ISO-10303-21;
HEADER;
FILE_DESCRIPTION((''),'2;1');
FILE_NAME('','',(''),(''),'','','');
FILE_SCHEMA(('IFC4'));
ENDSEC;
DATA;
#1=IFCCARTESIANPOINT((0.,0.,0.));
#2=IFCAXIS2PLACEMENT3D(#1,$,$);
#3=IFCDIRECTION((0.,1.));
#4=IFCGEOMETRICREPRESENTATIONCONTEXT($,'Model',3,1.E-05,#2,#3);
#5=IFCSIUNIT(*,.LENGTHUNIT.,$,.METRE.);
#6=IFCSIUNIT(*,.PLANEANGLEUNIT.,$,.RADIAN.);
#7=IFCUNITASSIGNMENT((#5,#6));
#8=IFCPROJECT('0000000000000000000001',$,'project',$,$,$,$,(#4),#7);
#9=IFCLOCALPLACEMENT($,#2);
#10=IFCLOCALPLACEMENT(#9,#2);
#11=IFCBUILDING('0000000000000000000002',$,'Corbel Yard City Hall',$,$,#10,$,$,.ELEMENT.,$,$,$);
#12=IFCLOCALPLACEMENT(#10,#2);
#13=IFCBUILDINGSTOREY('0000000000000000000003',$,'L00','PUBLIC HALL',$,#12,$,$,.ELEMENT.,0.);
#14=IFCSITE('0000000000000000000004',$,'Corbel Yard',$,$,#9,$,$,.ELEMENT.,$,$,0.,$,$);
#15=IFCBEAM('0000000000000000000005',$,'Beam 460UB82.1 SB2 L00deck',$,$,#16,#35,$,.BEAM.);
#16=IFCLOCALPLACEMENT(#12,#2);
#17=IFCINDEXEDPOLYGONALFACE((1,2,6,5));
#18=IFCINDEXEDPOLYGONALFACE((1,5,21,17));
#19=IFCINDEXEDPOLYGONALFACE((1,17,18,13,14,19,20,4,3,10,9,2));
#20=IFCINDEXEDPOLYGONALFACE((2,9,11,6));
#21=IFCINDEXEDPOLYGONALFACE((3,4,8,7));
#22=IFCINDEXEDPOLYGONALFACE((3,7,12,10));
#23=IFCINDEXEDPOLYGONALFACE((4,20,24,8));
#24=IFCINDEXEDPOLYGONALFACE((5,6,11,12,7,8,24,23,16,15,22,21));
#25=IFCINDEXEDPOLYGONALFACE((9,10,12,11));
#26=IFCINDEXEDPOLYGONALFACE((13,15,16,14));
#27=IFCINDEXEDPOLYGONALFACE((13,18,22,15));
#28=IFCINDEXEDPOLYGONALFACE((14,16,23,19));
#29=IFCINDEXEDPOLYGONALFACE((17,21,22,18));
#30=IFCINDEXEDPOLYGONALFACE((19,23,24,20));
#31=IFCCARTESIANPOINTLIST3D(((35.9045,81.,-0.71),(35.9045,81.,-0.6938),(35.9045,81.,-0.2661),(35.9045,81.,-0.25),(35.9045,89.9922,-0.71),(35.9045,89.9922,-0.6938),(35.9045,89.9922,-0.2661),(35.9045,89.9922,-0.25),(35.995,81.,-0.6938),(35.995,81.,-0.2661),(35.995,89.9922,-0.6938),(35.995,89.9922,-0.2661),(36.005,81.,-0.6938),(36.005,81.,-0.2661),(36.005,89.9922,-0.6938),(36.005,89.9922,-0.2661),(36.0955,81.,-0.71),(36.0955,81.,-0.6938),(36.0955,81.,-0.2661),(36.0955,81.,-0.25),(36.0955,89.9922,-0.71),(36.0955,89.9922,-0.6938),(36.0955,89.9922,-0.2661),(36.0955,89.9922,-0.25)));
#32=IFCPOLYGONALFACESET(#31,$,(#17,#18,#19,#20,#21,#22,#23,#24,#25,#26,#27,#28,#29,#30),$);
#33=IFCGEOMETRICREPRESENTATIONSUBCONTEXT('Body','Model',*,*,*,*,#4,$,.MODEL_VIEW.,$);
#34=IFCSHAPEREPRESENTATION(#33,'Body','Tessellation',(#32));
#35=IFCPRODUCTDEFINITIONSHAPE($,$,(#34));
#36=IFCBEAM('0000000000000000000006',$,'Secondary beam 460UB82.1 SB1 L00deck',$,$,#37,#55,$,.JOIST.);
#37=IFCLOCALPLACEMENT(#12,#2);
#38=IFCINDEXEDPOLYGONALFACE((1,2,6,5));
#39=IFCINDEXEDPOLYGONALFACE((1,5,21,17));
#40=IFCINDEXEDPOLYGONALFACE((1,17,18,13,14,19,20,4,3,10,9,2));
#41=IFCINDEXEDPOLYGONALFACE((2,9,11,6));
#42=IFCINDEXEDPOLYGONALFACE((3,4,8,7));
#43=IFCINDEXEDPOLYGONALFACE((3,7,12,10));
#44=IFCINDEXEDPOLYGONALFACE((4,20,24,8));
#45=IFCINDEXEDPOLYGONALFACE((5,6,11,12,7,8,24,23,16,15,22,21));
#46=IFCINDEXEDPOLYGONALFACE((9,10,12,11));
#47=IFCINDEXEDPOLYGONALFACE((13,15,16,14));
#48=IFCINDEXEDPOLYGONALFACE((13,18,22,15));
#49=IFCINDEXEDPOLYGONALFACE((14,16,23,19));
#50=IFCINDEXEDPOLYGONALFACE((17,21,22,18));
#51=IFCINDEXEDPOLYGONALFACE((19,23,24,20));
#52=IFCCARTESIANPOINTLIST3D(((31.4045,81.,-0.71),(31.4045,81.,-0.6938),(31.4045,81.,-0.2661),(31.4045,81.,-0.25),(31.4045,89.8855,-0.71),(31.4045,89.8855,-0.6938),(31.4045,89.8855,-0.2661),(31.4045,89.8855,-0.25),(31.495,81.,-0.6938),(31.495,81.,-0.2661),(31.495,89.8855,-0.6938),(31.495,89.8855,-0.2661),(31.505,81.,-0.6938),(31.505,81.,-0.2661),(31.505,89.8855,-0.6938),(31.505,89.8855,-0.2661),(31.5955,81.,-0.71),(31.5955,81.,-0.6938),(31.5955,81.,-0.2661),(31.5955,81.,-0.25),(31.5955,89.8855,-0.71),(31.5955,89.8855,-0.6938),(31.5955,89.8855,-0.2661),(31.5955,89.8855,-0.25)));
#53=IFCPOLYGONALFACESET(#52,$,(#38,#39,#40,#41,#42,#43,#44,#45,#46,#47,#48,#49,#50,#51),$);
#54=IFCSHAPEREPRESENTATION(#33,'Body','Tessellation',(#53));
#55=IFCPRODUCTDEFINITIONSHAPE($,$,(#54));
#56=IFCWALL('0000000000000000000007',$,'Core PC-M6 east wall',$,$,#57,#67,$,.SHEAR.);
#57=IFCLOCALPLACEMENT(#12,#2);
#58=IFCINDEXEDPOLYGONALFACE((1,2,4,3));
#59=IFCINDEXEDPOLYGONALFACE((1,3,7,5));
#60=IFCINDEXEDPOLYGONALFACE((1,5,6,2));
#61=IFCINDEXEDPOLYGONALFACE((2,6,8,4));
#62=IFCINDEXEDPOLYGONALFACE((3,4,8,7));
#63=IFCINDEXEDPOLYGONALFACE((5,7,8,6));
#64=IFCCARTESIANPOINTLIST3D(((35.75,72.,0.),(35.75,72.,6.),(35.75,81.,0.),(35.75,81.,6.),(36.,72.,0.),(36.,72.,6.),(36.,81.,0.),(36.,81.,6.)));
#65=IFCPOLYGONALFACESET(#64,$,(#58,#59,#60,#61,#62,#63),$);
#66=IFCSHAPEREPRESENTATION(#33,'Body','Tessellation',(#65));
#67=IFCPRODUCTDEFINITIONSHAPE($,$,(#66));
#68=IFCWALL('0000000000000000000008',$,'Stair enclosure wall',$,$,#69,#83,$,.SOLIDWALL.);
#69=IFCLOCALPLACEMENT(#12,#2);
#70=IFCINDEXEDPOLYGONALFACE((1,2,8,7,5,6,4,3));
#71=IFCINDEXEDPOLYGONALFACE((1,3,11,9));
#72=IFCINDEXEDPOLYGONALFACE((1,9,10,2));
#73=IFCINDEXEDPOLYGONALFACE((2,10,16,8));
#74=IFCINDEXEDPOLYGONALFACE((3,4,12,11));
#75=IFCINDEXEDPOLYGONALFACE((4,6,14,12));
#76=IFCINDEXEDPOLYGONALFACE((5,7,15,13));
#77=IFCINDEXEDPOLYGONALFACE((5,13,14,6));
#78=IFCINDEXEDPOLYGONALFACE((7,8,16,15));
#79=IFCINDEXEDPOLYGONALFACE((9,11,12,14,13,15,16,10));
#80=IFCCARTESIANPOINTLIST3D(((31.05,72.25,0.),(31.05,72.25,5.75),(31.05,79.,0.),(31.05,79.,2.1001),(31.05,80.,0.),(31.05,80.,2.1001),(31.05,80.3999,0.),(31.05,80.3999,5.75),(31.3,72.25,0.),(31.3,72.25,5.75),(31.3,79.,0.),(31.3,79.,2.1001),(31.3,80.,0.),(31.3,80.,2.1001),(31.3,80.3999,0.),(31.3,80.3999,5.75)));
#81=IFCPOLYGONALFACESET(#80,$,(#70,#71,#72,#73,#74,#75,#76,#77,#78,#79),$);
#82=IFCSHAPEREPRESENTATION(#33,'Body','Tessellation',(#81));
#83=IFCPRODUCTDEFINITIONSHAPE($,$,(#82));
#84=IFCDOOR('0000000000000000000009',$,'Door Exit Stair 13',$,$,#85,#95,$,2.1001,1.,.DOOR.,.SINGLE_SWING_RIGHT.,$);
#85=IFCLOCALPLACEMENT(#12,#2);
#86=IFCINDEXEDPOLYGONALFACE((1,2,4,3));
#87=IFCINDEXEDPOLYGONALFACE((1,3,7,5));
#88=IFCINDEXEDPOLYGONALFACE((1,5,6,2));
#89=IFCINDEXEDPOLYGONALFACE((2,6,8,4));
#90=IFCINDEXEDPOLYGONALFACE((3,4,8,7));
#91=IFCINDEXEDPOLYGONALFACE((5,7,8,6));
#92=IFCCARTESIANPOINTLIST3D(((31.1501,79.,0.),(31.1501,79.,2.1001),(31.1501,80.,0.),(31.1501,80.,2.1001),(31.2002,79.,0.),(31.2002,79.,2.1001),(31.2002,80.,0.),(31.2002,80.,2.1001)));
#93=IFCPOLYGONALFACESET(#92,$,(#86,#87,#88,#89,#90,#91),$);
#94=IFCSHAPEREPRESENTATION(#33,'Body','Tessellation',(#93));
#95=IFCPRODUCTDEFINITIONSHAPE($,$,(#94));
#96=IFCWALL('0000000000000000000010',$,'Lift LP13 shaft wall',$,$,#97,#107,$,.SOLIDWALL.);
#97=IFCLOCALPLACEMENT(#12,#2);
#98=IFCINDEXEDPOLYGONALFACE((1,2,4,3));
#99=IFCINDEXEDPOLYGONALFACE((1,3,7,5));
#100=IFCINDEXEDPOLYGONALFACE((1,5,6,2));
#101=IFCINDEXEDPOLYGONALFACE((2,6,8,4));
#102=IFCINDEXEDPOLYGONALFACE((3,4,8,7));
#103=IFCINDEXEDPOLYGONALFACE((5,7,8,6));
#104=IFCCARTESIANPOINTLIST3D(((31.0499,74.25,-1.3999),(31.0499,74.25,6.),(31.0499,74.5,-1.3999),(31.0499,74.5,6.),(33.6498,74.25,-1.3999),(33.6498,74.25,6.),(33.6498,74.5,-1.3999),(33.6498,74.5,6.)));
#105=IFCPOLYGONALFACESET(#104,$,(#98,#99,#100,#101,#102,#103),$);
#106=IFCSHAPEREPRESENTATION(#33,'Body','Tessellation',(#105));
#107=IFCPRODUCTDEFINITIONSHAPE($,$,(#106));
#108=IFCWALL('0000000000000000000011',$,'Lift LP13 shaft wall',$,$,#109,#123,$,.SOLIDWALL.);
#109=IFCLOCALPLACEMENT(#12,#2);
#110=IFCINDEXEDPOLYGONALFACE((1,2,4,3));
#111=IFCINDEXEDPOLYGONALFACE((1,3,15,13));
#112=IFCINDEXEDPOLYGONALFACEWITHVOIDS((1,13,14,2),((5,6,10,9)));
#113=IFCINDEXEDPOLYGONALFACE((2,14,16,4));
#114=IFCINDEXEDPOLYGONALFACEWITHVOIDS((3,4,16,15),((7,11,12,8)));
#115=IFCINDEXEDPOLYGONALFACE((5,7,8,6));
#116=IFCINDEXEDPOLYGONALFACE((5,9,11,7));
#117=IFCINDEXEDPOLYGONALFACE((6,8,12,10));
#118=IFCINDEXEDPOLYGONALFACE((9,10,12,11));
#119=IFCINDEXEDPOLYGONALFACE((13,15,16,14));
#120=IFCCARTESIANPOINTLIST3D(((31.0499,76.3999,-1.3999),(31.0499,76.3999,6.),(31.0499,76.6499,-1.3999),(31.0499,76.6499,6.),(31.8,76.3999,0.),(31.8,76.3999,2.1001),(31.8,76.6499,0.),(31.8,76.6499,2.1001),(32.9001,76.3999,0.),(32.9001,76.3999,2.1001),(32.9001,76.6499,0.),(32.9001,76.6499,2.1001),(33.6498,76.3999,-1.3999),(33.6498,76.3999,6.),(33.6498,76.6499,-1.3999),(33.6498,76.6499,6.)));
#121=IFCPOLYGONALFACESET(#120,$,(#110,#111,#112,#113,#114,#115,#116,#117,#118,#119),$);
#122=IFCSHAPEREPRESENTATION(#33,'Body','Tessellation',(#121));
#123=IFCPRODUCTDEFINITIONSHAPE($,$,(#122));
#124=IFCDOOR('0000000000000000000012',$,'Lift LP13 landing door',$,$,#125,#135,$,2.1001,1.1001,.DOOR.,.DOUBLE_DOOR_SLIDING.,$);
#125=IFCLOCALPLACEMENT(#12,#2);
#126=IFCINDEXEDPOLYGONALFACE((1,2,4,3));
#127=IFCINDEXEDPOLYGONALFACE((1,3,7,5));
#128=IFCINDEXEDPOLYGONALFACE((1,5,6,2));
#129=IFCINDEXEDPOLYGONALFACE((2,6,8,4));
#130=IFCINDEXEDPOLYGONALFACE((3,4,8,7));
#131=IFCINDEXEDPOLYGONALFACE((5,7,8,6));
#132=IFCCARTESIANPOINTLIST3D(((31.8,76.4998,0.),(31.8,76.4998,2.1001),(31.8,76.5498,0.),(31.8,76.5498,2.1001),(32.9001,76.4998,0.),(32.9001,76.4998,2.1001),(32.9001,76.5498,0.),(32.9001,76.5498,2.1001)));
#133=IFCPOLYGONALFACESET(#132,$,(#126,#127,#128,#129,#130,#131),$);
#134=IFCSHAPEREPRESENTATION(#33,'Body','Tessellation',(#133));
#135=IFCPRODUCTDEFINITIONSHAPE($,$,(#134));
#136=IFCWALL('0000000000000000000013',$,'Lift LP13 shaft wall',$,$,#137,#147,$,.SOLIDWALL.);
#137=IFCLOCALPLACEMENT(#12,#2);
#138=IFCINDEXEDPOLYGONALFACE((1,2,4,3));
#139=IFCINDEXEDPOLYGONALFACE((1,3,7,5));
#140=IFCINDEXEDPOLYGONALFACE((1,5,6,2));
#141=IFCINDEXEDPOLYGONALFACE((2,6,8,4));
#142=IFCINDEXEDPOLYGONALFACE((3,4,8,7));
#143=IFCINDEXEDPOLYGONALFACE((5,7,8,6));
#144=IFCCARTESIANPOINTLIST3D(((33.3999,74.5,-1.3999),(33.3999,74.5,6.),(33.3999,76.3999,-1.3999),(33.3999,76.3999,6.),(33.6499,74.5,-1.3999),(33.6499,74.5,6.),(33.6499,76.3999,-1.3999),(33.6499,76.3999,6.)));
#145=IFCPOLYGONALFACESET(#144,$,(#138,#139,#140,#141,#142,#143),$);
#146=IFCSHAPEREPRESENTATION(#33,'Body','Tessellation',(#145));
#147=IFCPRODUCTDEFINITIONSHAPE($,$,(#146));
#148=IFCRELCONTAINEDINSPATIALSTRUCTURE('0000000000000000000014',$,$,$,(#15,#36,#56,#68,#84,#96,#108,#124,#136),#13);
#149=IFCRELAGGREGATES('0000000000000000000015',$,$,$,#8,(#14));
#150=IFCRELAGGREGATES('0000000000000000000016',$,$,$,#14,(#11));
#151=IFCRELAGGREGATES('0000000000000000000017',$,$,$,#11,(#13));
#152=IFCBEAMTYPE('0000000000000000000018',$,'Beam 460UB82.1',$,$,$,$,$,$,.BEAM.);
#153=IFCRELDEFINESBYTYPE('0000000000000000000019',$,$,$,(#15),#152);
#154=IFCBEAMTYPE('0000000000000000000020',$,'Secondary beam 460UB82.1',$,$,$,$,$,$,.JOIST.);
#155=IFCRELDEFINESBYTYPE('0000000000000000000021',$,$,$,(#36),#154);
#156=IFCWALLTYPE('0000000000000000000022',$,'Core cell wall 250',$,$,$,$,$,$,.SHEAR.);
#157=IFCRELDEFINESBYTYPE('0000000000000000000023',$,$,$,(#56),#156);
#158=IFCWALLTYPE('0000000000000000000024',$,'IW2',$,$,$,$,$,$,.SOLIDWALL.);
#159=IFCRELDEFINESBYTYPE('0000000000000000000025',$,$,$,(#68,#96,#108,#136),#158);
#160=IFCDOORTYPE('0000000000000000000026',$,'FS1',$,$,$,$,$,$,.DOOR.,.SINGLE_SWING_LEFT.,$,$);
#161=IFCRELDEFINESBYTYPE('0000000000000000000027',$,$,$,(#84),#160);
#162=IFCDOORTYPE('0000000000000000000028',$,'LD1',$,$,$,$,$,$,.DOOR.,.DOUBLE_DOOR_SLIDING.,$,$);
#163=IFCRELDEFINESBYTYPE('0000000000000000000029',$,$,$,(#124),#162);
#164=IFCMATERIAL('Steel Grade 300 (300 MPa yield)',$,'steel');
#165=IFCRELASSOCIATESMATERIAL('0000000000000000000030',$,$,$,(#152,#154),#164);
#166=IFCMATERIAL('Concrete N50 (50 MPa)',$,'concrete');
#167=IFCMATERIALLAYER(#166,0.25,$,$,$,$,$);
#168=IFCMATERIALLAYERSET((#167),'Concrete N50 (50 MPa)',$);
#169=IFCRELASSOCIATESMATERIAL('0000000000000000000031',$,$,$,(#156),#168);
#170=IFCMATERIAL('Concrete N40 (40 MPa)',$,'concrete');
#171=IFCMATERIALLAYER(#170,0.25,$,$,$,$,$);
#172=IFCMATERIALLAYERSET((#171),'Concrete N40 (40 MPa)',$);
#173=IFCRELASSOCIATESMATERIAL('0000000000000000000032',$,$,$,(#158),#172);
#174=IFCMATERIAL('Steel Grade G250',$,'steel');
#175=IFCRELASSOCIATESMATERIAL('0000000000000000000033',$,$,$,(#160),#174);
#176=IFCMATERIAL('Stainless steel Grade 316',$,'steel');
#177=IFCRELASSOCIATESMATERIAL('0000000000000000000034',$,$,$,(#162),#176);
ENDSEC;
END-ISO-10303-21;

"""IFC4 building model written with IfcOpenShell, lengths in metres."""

from ifc_helpers import new_model, si_unit, direction, frame, frame_2d, origin, origin_2d, place, context, subcontext, project, spatial, rectangle, i_section, extrude, material, layer, layer_set, material_profile, profile_set, type_object, element, fill, save


model = new_model("IFC4")

# Units and contexts
model_context = context("Model", 3, precision=1e-05, world=origin(), true_north=direction((0.0, 1.0)))
body_context = subcontext(model_context, "Body", "Model", "MODEL_VIEW")
ifc_project = project(units=[si_unit("LENGTHUNIT", "METRE"), si_unit("PLANEANGLEUNIT", "RADIAN")], contexts=[model_context])

# Site, building, storey
site_placement = place(None, origin())
site = spatial("IfcSite", under=ifc_project, at=site_placement, Name="Corbel Yard", CompositionType="ELEMENT", RefElevation=0.0)
building_placement = place(site_placement, origin())
building = spatial("IfcBuilding", under=site, at=building_placement, Name="Corbel Yard City Hall", CompositionType="ELEMENT")
storey_placement = place(building_placement, origin())
storey = spatial("IfcBuildingStorey", under=building, at=storey_placement, Name="L00", Description="PUBLIC HALL", CompositionType="ELEMENT", Elevation=0.0)

# Shared definitions
ifc_material_1 = material(Name="Concrete N40 (40 MPa)", Category="concrete")

# Beams
ifc_material_2 = material(Name="Steel Grade 300 (300 MPa yield)", Category="steel")
ifc_material_profile_1 = material_profile(ifc_material_2, i_section(OverallWidth=0.1909, OverallDepth=0.46, WebThickness=0.01, FlangeThickness=0.0161, at=origin_2d()), Name="460UB82.1")
ifc_profile_set_1 = profile_set([ifc_material_profile_1], Name="Steel Grade 300 (300 MPa yield)")
beam_type_1 = type_object("IfcBeamType", Name="Beam 460UB82.1", PredefinedType="BEAM", material=ifc_profile_set_1)
beam_1_placement = place(storey_placement, frame((36.0, 81.0, -0.48), z_axis=(0.0, 1.0, 0.0), x_axis=(-1.0, 0.0, 0.0)))
element("IfcBeam", 1, at=beam_1_placement, inside=storey, type_object=beam_type_1, Name="Beam 460UB82.1 SB2 L00deck", PredefinedType="BEAM", context=body_context, shape_type="SweptSolid", body=[
    extrude(i_section(OverallWidth=0.1909, OverallDepth=0.46, WebThickness=0.01, FlangeThickness=0.0161, at=origin_2d()), origin(), (0.0, 0.0, 1.0), 8.9922),
])
ifc_material_profile_2 = material_profile(ifc_material_2, i_section(OverallWidth=0.1909, OverallDepth=0.46, WebThickness=0.01, FlangeThickness=0.0161, at=origin_2d()), Name="460UB82.1")
ifc_profile_set_2 = profile_set([ifc_material_profile_2], Name="Steel Grade 300 (300 MPa yield)")
beam_type_2 = type_object("IfcBeamType", Name="Secondary beam 460UB82.1", PredefinedType="JOIST", material=ifc_profile_set_2)
beam_2_placement = place(storey_placement, frame((31.5, 81.0, -0.48), z_axis=(0.0, 1.0, 0.0), x_axis=(-1.0, 0.0, 0.0)))
element("IfcBeam", 2, at=beam_2_placement, inside=storey, type_object=beam_type_2, Name="Secondary beam 460UB82.1 SB1 L00deck", PredefinedType="JOIST", context=body_context, shape_type="SweptSolid", body=[
    extrude(i_section(OverallWidth=0.1909, OverallDepth=0.46, WebThickness=0.01, FlangeThickness=0.0161, at=origin_2d()), origin(), (0.0, 0.0, 1.0), 8.8855),
])

# Wall
ifc_material_3 = material(Name="Concrete N50 (50 MPa)", Category="concrete")
ifc_layer_1 = layer(ifc_material_3, 0.25)
ifc_layer_set_1 = layer_set([ifc_layer_1], Name="Concrete N50 (50 MPa)")
wall_type_1 = type_object("IfcWallType", Name="Core cell wall 250", PredefinedType="SHEAR", material=ifc_layer_set_1)
wall_1_placement = place(storey_placement, frame((35.875, 72.0, 0.0), z_axis=(0.0, 0.0, 1.0), x_axis=(0.0, 1.0, 0.0)))
element("IfcWall", 3, at=wall_1_placement, inside=storey, type_object=wall_type_1, Name="Core PC-M6 east wall", PredefinedType="SHEAR", context=body_context, shape_type="SweptSolid", body=[
    extrude(rectangle(XDim=9.0, YDim=0.25, at=frame_2d((4.5, 0.0))), origin(), (0.0, 0.0, 1.0), 6.0),
])

# Wall, opening, door
ifc_layer_2 = layer(ifc_material_1, 0.25)
ifc_layer_set_2 = layer_set([ifc_layer_2], Name="Concrete N40 (40 MPa)")
wall_type_2 = type_object("IfcWallType", Name="IW2", PredefinedType="SOLIDWALL", material=ifc_layer_set_2)
wall_2_placement = place(storey_placement, frame((31.175, 80.3999, 0.0), z_axis=(0.0, 0.0, 1.0), x_axis=(0.0, -1.0, 0.0)))
wall_2 = element("IfcWall", 4, at=wall_2_placement, inside=storey, type_object=wall_type_2, Name="Stair enclosure wall", PredefinedType="SOLIDWALL", context=body_context, shape_type="SweptSolid", body=[
    extrude(rectangle(XDim=8.1499, YDim=0.25, at=frame_2d((4.075, 0.0))), origin(), (0.0, 0.0, 1.0), 5.75),
])
opening_1_placement = place(wall_2_placement, frame((0.3999, 0.0, 0.0)))
opening_1 = element("IfcOpeningElement", 5, at=opening_1_placement, cuts=wall_2, PredefinedType="OPENING", context=body_context, shape_type="SweptSolid", body=[
    extrude(rectangle(XDim=1.0, YDim=2.1001, at=frame_2d((0.5, 1.05))), frame((0.0, 0.135, 0.0), z_axis=(0.0, -1.0, 0.0), x_axis=(1.0, 0.0, 0.0)), (0.0, 0.0, 1.0), 0.27),
])
ifc_material_4 = material(Name="Steel Grade G250", Category="steel")
door_type_1 = type_object("IfcDoorType", Name="FS1", OperationType="SINGLE_SWING_LEFT", PredefinedType="DOOR", material=ifc_material_4)
door_1_placement = place(opening_1_placement, frame((1.0, 0.0, 0.0), z_axis=(0.0, 0.0, 1.0), x_axis=(-1.0, 0.0, 0.0)))
door_1 = element("IfcDoor", 6, at=door_1_placement, inside=storey, type_object=door_type_1, Name="Door Exit Stair 13", OperationType="SINGLE_SWING_RIGHT", OverallHeight=2.1001, OverallWidth=1.0, PredefinedType="DOOR", context=body_context, shape_type="SweptSolid", body=[
    extrude(rectangle(XDim=1.0, YDim=2.1001, at=frame_2d((0.5, 1.05))), frame((0.0, 0.0249, 0.0), z_axis=(0.0, -1.0, 0.0), x_axis=(1.0, 0.0, 0.0)), (0.0, 0.0, 1.0), 0.05),
])
fill(opening_1, door_1)

# Wall
wall_3_placement = place(storey_placement, frame((31.05, 74.375, -1.3999), z_axis=(0.0, 0.0, 1.0), x_axis=(1.0, 0.0, 0.0)))
element("IfcWall", 7, at=wall_3_placement, inside=storey, type_object=wall_type_2, Name="Lift LP13 shaft wall", PredefinedType="SOLIDWALL", context=body_context, shape_type="SweptSolid", body=[
    extrude(rectangle(XDim=2.5999, YDim=0.25, at=frame_2d((1.2998, 0.0))), origin(), (0.0, 0.0, 1.0), 7.3999),
])

# Wall, opening, door
wall_4_placement = place(storey_placement, frame((31.05, 76.5249, -1.3999), z_axis=(0.0, 0.0, 1.0), x_axis=(1.0, 0.0, 0.0)))
wall_4 = element("IfcWall", 8, at=wall_4_placement, inside=storey, type_object=wall_type_2, Name="Lift LP13 shaft wall", PredefinedType="SOLIDWALL", context=body_context, shape_type="SweptSolid", body=[
    extrude(rectangle(XDim=2.5999, YDim=0.25, at=frame_2d((1.2998, 0.0))), origin(), (0.0, 0.0, 1.0), 7.3999),
])
opening_2_placement = place(wall_4_placement, frame((0.75, 0.0, 1.3999)))
opening_2 = element("IfcOpeningElement", 9, at=opening_2_placement, cuts=wall_4, PredefinedType="OPENING", context=body_context, shape_type="SweptSolid", body=[
    extrude(rectangle(XDim=1.1001, YDim=2.1001, at=frame_2d((0.55, 1.05))), frame((0.0, 0.135, 0.0), z_axis=(0.0, -1.0, 0.0), x_axis=(1.0, 0.0, 0.0)), (0.0, 0.0, 1.0), 0.27),
])
ifc_material_5 = material(Name="Stainless steel Grade 316", Category="steel")
door_type_2 = type_object("IfcDoorType", Name="LD1", OperationType="DOUBLE_DOOR_SLIDING", PredefinedType="DOOR", material=ifc_material_5)
door_2_placement = place(opening_2_placement, origin())
door_2 = element("IfcDoor", 10, at=door_2_placement, inside=storey, type_object=door_type_2, Name="Lift LP13 landing door", OperationType="DOUBLE_DOOR_SLIDING", OverallHeight=2.1001, OverallWidth=1.1001, PredefinedType="DOOR", context=body_context, shape_type="SweptSolid", body=[
    extrude(rectangle(XDim=1.1001, YDim=2.1001, at=frame_2d((0.55, 1.05))), frame((0.0, 0.0249, 0.0), z_axis=(0.0, -1.0, 0.0), x_axis=(1.0, 0.0, 0.0)), (0.0, 0.0, 1.0), 0.05),
])
fill(opening_2, door_2)

# Wall
wall_5_placement = place(storey_placement, frame((33.5249, 74.5, -1.3999), z_axis=(0.0, 0.0, 1.0), x_axis=(0.0, 1.0, 0.0)))
element("IfcWall", 11, at=wall_5_placement, inside=storey, type_object=wall_type_2, Name="Lift LP13 shaft wall", PredefinedType="SOLIDWALL", context=body_context, shape_type="SweptSolid", body=[
    extrude(rectangle(XDim=1.8999, YDim=0.25, at=frame_2d((0.95, 0.0))), origin(), (0.0, 0.0, 1.0), 7.3999),
])

save(model, "model.ifc")
